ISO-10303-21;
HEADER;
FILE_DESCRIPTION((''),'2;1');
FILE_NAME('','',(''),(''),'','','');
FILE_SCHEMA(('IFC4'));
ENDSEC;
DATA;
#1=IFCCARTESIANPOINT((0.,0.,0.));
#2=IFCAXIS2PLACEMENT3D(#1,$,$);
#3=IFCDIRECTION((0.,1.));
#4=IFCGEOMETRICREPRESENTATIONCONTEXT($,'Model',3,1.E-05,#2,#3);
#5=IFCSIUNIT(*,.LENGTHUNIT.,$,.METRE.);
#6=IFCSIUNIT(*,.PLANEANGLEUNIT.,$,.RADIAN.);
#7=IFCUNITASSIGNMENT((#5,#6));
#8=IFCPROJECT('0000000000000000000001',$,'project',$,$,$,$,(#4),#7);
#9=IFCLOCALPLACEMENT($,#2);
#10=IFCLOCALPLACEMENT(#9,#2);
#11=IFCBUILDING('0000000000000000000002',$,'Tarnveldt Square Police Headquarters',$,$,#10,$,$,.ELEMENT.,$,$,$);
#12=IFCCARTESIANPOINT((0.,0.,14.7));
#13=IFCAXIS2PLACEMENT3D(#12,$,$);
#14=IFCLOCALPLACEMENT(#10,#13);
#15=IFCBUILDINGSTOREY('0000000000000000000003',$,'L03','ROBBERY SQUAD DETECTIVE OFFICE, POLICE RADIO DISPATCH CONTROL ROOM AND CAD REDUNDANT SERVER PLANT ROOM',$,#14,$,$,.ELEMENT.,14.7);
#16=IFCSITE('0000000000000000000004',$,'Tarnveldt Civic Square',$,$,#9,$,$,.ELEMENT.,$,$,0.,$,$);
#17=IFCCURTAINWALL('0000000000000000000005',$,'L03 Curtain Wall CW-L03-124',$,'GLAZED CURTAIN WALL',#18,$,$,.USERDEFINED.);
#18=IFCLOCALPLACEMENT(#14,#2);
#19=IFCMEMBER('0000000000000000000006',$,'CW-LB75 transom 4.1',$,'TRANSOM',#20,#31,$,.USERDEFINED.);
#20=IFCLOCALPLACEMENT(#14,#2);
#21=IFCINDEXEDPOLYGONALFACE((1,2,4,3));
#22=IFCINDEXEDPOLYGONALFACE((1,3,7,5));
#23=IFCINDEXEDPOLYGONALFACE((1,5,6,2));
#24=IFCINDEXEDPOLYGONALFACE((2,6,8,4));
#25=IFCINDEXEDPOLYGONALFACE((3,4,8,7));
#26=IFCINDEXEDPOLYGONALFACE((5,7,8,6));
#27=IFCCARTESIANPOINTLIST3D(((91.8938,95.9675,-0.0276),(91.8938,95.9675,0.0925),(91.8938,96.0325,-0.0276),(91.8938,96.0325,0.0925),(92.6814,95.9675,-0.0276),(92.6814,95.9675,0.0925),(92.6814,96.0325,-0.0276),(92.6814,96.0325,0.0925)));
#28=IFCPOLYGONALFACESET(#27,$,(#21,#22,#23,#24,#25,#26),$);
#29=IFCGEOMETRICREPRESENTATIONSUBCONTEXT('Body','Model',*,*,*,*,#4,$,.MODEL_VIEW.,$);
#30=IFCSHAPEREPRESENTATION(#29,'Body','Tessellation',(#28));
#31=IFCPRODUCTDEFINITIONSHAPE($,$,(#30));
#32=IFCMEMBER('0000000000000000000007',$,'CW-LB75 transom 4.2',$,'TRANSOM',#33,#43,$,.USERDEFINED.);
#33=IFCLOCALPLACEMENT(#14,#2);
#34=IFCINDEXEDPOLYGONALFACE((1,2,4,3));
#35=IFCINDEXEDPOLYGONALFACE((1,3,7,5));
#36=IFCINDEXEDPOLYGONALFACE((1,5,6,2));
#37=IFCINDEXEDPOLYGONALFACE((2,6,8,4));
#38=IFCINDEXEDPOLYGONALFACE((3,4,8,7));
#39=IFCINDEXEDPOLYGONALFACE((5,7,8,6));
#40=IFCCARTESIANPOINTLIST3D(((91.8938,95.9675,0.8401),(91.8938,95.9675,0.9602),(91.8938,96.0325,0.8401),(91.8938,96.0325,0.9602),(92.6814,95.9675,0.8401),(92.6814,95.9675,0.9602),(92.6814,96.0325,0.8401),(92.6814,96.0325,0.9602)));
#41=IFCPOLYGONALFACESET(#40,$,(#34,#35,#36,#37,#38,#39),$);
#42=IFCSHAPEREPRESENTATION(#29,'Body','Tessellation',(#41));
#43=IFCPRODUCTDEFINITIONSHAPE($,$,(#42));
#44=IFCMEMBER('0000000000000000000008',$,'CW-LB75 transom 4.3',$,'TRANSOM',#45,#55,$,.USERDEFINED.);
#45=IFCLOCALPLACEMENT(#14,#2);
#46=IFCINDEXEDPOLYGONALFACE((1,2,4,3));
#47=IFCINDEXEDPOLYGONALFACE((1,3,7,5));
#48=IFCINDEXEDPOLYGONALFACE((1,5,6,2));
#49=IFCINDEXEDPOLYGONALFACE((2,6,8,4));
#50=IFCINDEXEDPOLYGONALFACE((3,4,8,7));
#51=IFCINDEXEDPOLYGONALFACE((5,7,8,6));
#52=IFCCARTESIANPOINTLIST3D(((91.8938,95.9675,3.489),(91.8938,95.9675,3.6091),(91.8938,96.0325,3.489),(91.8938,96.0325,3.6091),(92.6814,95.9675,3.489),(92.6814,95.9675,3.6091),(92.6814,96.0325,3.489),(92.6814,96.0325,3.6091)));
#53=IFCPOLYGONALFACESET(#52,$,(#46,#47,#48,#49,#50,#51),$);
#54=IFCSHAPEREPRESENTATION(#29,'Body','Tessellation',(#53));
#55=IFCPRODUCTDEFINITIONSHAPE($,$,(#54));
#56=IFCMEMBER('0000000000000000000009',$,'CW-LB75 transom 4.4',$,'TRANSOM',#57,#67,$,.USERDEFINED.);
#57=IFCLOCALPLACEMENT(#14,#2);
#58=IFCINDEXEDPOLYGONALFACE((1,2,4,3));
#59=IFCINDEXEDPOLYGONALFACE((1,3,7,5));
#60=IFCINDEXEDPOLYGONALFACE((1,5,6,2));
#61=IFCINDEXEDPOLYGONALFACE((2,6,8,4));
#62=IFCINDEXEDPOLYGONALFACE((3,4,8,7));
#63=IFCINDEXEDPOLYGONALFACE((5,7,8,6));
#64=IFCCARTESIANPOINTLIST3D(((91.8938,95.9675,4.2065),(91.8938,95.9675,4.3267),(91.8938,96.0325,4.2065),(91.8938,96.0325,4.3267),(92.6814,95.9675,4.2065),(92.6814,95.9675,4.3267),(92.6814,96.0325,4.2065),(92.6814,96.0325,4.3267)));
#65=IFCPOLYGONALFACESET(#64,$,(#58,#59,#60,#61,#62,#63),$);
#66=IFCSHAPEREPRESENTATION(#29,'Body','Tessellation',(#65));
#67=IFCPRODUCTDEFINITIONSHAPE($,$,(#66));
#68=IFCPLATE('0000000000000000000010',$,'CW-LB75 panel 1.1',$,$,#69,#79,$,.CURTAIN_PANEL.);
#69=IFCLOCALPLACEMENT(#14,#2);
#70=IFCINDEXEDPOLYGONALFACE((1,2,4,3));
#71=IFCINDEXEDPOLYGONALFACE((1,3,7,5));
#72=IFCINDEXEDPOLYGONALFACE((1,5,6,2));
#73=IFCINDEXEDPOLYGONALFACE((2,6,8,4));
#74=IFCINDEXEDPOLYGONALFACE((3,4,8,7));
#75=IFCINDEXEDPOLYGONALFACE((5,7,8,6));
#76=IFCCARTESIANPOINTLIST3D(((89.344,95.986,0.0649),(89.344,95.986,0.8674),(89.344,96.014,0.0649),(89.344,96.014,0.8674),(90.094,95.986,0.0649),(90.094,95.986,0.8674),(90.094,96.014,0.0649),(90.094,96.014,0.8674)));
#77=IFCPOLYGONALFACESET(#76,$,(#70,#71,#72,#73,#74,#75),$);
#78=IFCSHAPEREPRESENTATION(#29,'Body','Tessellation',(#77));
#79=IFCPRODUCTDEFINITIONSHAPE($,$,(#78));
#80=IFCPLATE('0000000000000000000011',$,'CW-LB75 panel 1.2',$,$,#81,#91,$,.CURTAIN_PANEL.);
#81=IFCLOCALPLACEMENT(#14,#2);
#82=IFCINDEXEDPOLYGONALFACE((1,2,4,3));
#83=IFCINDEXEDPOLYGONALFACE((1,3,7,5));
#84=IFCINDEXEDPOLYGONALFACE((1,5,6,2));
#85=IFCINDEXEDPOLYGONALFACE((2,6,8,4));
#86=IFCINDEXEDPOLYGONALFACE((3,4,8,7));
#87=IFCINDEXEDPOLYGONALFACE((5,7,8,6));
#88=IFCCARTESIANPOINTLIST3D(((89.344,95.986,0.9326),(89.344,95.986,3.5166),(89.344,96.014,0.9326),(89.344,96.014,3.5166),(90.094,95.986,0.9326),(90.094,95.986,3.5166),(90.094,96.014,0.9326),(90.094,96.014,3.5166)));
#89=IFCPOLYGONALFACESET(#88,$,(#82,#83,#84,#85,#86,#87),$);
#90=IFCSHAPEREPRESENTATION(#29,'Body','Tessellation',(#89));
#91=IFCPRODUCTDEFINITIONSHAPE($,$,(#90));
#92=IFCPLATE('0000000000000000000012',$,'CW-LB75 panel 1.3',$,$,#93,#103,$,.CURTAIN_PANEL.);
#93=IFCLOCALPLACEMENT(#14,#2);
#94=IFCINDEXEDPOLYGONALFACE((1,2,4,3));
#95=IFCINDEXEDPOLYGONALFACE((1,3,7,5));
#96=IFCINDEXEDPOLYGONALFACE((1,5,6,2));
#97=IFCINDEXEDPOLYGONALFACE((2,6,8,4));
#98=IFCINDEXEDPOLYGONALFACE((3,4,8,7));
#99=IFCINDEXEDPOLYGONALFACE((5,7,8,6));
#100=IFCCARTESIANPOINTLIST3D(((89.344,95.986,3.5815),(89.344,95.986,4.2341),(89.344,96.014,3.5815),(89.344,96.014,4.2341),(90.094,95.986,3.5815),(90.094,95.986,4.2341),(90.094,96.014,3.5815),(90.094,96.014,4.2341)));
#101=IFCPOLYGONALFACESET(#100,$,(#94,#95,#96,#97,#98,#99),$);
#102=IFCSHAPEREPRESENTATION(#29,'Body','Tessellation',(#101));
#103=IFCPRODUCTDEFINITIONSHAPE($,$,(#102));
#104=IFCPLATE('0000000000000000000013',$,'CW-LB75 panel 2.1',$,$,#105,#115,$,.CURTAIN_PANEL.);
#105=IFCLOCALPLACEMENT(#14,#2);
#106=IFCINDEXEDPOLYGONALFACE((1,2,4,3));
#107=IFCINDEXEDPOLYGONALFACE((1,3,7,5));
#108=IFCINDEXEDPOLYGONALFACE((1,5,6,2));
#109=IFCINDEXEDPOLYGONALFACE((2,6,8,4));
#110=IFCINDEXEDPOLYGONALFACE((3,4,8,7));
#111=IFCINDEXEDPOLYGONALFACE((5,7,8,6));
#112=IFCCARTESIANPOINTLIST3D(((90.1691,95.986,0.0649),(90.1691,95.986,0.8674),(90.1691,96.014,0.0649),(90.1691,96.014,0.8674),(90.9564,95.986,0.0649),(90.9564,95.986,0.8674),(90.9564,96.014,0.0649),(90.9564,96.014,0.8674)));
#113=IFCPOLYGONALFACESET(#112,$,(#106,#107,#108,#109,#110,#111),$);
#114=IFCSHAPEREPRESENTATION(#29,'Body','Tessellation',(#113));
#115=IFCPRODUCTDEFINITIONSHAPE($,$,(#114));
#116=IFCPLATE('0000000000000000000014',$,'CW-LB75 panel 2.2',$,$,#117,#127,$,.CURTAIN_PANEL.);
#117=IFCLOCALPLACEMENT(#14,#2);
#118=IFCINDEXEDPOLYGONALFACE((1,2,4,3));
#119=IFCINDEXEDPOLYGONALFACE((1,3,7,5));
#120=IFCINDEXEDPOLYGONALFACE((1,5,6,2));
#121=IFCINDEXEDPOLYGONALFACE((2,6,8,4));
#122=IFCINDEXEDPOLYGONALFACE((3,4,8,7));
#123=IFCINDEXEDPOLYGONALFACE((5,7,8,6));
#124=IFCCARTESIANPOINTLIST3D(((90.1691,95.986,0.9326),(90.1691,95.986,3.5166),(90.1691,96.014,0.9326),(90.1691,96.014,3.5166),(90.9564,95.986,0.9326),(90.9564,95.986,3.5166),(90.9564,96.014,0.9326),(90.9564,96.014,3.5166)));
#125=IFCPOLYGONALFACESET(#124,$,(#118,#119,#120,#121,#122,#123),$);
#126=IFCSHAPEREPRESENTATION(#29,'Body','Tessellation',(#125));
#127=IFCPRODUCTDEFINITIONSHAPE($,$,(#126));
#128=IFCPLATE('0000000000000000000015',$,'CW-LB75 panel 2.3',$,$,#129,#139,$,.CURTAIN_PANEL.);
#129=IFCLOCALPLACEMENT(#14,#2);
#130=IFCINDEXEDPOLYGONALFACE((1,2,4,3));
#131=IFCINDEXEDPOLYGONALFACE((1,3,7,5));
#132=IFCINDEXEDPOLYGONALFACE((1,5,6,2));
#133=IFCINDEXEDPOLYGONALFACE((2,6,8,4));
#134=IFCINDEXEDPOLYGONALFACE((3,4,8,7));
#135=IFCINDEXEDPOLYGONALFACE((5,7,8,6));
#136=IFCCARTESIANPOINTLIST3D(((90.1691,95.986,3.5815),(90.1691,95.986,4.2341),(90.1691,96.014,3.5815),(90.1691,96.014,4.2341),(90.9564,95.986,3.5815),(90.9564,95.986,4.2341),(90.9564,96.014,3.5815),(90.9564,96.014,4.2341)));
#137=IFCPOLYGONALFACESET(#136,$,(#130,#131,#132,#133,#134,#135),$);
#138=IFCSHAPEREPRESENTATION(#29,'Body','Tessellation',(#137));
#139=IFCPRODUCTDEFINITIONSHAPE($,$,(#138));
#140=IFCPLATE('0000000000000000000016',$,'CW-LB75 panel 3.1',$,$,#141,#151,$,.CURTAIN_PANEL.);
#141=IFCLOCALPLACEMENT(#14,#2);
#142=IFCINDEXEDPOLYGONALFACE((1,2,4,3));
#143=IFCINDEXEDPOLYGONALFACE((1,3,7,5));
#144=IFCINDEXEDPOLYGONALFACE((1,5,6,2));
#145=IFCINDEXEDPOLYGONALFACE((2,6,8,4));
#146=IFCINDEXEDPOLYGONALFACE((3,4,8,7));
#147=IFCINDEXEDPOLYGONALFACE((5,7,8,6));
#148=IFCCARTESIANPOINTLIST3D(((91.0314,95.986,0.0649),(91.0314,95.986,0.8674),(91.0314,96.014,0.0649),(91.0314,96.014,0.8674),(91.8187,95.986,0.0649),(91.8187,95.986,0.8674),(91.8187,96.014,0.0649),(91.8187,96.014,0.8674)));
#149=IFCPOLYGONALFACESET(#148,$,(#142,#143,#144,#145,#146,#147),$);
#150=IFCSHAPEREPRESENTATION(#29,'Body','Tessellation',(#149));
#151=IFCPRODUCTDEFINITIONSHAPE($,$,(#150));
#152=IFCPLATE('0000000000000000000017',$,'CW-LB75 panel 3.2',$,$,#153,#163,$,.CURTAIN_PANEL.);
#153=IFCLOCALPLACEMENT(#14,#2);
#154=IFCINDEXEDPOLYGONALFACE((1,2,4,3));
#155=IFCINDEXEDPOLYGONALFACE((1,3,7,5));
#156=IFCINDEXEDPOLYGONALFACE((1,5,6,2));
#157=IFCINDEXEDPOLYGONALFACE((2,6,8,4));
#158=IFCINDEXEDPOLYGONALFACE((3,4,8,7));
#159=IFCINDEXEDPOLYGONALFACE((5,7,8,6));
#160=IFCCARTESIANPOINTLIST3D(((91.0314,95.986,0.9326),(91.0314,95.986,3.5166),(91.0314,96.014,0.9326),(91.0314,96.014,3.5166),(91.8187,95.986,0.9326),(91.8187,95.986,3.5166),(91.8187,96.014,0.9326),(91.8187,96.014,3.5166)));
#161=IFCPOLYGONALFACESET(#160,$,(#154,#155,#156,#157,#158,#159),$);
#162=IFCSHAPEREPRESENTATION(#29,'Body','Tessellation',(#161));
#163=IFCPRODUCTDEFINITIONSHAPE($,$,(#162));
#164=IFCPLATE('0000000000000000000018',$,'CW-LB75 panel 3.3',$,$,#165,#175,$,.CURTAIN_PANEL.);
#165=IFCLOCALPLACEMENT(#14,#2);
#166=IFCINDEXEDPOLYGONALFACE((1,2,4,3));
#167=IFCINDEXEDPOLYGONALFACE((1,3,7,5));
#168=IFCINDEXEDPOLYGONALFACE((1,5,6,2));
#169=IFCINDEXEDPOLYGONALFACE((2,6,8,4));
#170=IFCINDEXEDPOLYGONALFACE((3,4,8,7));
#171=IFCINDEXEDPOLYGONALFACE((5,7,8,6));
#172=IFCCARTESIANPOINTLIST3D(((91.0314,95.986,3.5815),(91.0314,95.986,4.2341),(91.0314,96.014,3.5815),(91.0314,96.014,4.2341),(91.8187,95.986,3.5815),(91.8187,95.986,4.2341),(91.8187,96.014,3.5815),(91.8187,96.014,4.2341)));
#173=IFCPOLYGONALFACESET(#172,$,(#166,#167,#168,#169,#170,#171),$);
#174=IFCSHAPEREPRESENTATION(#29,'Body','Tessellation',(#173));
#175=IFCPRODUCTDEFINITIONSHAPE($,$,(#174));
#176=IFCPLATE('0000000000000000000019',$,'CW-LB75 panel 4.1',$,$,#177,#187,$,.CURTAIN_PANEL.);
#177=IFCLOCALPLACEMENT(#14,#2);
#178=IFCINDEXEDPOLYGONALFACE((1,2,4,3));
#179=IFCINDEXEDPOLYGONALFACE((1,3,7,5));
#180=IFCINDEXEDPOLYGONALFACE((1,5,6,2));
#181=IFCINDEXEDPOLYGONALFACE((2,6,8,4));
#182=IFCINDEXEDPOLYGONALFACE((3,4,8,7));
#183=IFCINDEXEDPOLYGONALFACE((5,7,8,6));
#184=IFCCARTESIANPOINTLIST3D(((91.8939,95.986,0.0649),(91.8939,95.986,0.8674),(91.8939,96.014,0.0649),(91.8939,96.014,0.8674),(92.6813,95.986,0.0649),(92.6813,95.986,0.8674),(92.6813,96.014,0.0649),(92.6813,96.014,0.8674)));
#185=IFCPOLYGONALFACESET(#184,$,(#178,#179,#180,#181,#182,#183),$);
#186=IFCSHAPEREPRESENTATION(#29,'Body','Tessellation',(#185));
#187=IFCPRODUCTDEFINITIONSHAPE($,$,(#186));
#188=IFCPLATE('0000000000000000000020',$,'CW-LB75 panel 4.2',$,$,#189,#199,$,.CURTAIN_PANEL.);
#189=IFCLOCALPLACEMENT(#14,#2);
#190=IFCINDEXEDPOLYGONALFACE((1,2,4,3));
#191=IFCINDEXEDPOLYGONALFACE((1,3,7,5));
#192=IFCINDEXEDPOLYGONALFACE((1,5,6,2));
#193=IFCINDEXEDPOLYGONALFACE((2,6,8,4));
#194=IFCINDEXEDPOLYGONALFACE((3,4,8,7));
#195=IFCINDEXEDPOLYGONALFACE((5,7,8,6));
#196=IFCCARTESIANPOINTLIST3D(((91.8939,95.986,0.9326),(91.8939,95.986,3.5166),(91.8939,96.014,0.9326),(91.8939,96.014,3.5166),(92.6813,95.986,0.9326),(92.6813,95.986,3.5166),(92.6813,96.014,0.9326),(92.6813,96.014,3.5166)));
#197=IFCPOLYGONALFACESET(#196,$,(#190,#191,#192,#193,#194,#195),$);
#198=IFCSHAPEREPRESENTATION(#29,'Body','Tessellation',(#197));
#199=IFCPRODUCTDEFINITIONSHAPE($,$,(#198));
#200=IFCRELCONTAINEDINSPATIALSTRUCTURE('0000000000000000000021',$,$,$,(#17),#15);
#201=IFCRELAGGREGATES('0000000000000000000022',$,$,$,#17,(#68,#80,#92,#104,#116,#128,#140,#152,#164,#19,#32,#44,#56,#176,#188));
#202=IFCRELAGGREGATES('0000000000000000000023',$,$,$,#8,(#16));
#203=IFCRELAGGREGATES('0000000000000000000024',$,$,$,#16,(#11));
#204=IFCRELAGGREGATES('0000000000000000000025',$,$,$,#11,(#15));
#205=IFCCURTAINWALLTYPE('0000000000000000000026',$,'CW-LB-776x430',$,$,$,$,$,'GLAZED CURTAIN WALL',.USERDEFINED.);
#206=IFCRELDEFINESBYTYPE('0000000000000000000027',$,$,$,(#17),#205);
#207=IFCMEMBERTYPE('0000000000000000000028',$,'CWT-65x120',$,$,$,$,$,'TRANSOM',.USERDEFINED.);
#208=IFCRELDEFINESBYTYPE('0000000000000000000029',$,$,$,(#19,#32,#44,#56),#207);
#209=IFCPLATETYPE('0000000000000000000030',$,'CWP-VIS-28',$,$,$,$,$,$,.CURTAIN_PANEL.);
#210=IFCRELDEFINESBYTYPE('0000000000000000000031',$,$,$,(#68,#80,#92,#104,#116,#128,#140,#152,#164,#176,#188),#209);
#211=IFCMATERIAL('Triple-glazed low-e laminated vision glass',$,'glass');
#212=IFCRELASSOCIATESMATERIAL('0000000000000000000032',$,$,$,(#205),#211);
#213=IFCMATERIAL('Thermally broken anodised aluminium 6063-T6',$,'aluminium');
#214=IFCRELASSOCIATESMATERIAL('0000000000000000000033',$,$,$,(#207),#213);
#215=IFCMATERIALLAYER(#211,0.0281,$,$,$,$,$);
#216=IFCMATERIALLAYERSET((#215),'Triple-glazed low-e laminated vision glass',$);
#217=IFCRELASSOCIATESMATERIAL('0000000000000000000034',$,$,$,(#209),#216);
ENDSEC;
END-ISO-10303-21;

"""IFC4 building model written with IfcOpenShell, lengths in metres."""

from ifc_helpers import new_model, si_unit, direction, frame, origin, origin_2d, place, context, subcontext, project, spatial, rectangle, extrude, material, layer, layer_set, material_profile, profile_set, type_object, element, aggregate, save


model = new_model("IFC4")

# Units and contexts
model_context = context("Model", 3, precision=1e-05, world=origin(), true_north=direction((0.0, 1.0)))
body_context = subcontext(model_context, "Body", "Model", "MODEL_VIEW")
ifc_project = project(units=[si_unit("LENGTHUNIT", "METRE"), si_unit("PLANEANGLEUNIT", "RADIAN")], contexts=[model_context])

# Site, building, storey
site_placement = place(None, origin())
site = spatial("IfcSite", under=ifc_project, at=site_placement, Name="Tarnveldt Civic Square", CompositionType="ELEMENT", RefElevation=0.0)
building_placement = place(site_placement, origin())
building = spatial("IfcBuilding", under=site, at=building_placement, Name="Tarnveldt Square Police Headquarters", CompositionType="ELEMENT")
storey_placement = place(building_placement, frame((0.0, 0.0, 14.7)))
storey = spatial("IfcBuildingStorey", under=building, at=storey_placement, Name="L03", Description="ROBBERY SQUAD DETECTIVE OFFICE, POLICE RADIO DISPATCH CONTROL ROOM AND CAD REDUNDANT SERVER PLANT ROOM", CompositionType="ELEMENT", Elevation=14.7)

# Curtain wall, members, plates
ifc_material_1 = material(Name="Triple-glazed low-e laminated vision glass", Category="glass")
curtain_wall_type = type_object("IfcCurtainWallType", Name="CW-LB-776x430", ElementType="GLAZED CURTAIN WALL", PredefinedType="USERDEFINED", material=ifc_material_1)
curtain_wall_placement = place(storey_placement, origin())
curtain_wall = element("IfcCurtainWall", 1, at=curtain_wall_placement, inside=storey, type_object=curtain_wall_type, Name="L03 Curtain Wall CW-L03-124", ObjectType="GLAZED CURTAIN WALL", PredefinedType="USERDEFINED")
ifc_material_2 = material(Name="Thermally broken anodised aluminium 6063-T6", Category="aluminium")
ifc_material_profile_1 = material_profile(ifc_material_2, rectangle(XDim=0.0649, YDim=0.1201, at=origin_2d()), Name="CW-T65x120")
ifc_profile_set_1 = profile_set([ifc_material_profile_1], Name="Thermally broken anodised aluminium 6063-T6")
member_type_1 = type_object("IfcMemberType", Name="CWT-65x120", ElementType="TRANSOM", PredefinedType="USERDEFINED", material=ifc_profile_set_1)
member_1_placement = place(storey_placement, frame((91.8938, 96.0, 0.0325), z_axis=(1.0, 0.0, 0.0), x_axis=(0.0, 1.0, 0.0)))
member_1 = element("IfcMember", 2, at=member_1_placement, type_object=member_type_1, Name="CW-LB75 transom 4.1", ObjectType="TRANSOM", PredefinedType="USERDEFINED", context=body_context, shape_type="SweptSolid", body=[
    extrude(rectangle(XDim=0.0649, YDim=0.1201, at=origin_2d()), origin(), (0.0, 0.0, 1.0), 0.7876),
])
member_2_placement = place(storey_placement, frame((91.8938, 96.0, 0.9001), z_axis=(1.0, 0.0, 0.0), x_axis=(0.0, 1.0, 0.0)))
member_2 = element("IfcMember", 3, at=member_2_placement, type_object=member_type_1, Name="CW-LB75 transom 4.2", ObjectType="TRANSOM", PredefinedType="USERDEFINED", context=body_context, shape_type="SweptSolid", body=[
    extrude(rectangle(XDim=0.0649, YDim=0.1201, at=origin_2d()), origin(), (0.0, 0.0, 1.0), 0.7876),
])
member_3_placement = place(storey_placement, frame((91.8938, 96.0, 3.5491), z_axis=(1.0, 0.0, 0.0), x_axis=(0.0, 1.0, 0.0)))
member_3 = element("IfcMember", 4, at=member_3_placement, type_object=member_type_1, Name="CW-LB75 transom 4.3", ObjectType="TRANSOM", PredefinedType="USERDEFINED", context=body_context, shape_type="SweptSolid", body=[
    extrude(rectangle(XDim=0.0649, YDim=0.1201, at=origin_2d()), origin(), (0.0, 0.0, 1.0), 0.7876),
])
member_4_placement = place(storey_placement, frame((91.8938, 96.0, 4.2666), z_axis=(1.0, 0.0, 0.0), x_axis=(0.0, 1.0, 0.0)))
member_4 = element("IfcMember", 5, at=member_4_placement, type_object=member_type_1, Name="CW-LB75 transom 4.4", ObjectType="TRANSOM", PredefinedType="USERDEFINED", context=body_context, shape_type="SweptSolid", body=[
    extrude(rectangle(XDim=0.0649, YDim=0.1201, at=origin_2d()), origin(), (0.0, 0.0, 1.0), 0.7876),
])
ifc_layer = layer(ifc_material_1, 0.0281)
ifc_layer_set = layer_set([ifc_layer], Name="Triple-glazed low-e laminated vision glass")
plate_type = type_object("IfcPlateType", Name="CWP-VIS-28", PredefinedType="CURTAIN_PANEL", material=ifc_layer_set)
plate_1_placement = place(storey_placement, frame((89.719, 96.0, 0.0649), z_axis=(0.0, 0.0, 1.0), x_axis=(1.0, 0.0, 0.0)))
plate_1 = element("IfcPlate", 6, at=plate_1_placement, type_object=plate_type, Name="CW-LB75 panel 1.1", PredefinedType="CURTAIN_PANEL", context=body_context, shape_type="SweptSolid", body=[
    extrude(rectangle(XDim=0.75, YDim=0.0281, at=origin_2d()), origin(), (0.0, 0.0, 1.0), 0.8025),
])
plate_2_placement = place(storey_placement, frame((89.719, 96.0, 0.9326), z_axis=(0.0, 0.0, 1.0), x_axis=(1.0, 0.0, 0.0)))
plate_2 = element("IfcPlate", 7, at=plate_2_placement, type_object=plate_type, Name="CW-LB75 panel 1.2", PredefinedType="CURTAIN_PANEL", context=body_context, shape_type="SweptSolid", body=[
    extrude(rectangle(XDim=0.75, YDim=0.0281, at=origin_2d()), origin(), (0.0, 0.0, 1.0), 2.584),
])
plate_3_placement = place(storey_placement, frame((89.719, 96.0, 3.5815), z_axis=(0.0, 0.0, 1.0), x_axis=(1.0, 0.0, 0.0)))
plate_3 = element("IfcPlate", 8, at=plate_3_placement, type_object=plate_type, Name="CW-LB75 panel 1.3", PredefinedType="CURTAIN_PANEL", context=body_context, shape_type="SweptSolid", body=[
    extrude(rectangle(XDim=0.75, YDim=0.0281, at=origin_2d()), origin(), (0.0, 0.0, 1.0), 0.6526),
])
plate_4_placement = place(storey_placement, frame((90.5627, 96.0, 0.0649), z_axis=(0.0, 0.0, 1.0), x_axis=(1.0, 0.0, 0.0)))
plate_4 = element("IfcPlate", 9, at=plate_4_placement, type_object=plate_type, Name="CW-LB75 panel 2.1", PredefinedType="CURTAIN_PANEL", context=body_context, shape_type="SweptSolid", body=[
    extrude(rectangle(XDim=0.7874, YDim=0.0281, at=origin_2d()), origin(), (0.0, 0.0, 1.0), 0.8025),
])
plate_5_placement = place(storey_placement, frame((90.5627, 96.0, 0.9326), z_axis=(0.0, 0.0, 1.0), x_axis=(1.0, 0.0, 0.0)))
plate_5 = element("IfcPlate", 10, at=plate_5_placement, type_object=plate_type, Name="CW-LB75 panel 2.2", PredefinedType="CURTAIN_PANEL", context=body_context, shape_type="SweptSolid", body=[
    extrude(rectangle(XDim=0.7874, YDim=0.0281, at=origin_2d()), origin(), (0.0, 0.0, 1.0), 2.584),
])
plate_6_placement = place(storey_placement, frame((90.5627, 96.0, 3.5815), z_axis=(0.0, 0.0, 1.0), x_axis=(1.0, 0.0, 0.0)))
plate_6 = element("IfcPlate", 11, at=plate_6_placement, type_object=plate_type, Name="CW-LB75 panel 2.3", PredefinedType="CURTAIN_PANEL", context=body_context, shape_type="SweptSolid", body=[
    extrude(rectangle(XDim=0.7874, YDim=0.0281, at=origin_2d()), origin(), (0.0, 0.0, 1.0), 0.6526),
])
plate_7_placement = place(storey_placement, frame((91.425, 96.0, 0.0649), z_axis=(0.0, 0.0, 1.0), x_axis=(1.0, 0.0, 0.0)))
plate_7 = element("IfcPlate", 12, at=plate_7_placement, type_object=plate_type, Name="CW-LB75 panel 3.1", PredefinedType="CURTAIN_PANEL", context=body_context, shape_type="SweptSolid", body=[
    extrude(rectangle(XDim=0.7874, YDim=0.0281, at=origin_2d()), origin(), (0.0, 0.0, 1.0), 0.8025),
])
plate_8_placement = place(storey_placement, frame((91.425, 96.0, 0.9326), z_axis=(0.0, 0.0, 1.0), x_axis=(1.0, 0.0, 0.0)))
plate_8 = element("IfcPlate", 13, at=plate_8_placement, type_object=plate_type, Name="CW-LB75 panel 3.2", PredefinedType="CURTAIN_PANEL", context=body_context, shape_type="SweptSolid", body=[
    extrude(rectangle(XDim=0.7874, YDim=0.0281, at=origin_2d()), origin(), (0.0, 0.0, 1.0), 2.584),
])
plate_9_placement = place(storey_placement, frame((91.425, 96.0, 3.5815), z_axis=(0.0, 0.0, 1.0), x_axis=(1.0, 0.0, 0.0)))
plate_9 = element("IfcPlate", 14, at=plate_9_placement, type_object=plate_type, Name="CW-LB75 panel 3.3", PredefinedType="CURTAIN_PANEL", context=body_context, shape_type="SweptSolid", body=[
    extrude(rectangle(XDim=0.7874, YDim=0.0281, at=origin_2d()), origin(), (0.0, 0.0, 1.0), 0.6526),
])
plate_10_placement = place(storey_placement, frame((92.2876, 96.0, 0.0649), z_axis=(0.0, 0.0, 1.0), x_axis=(1.0, 0.0, 0.0)))
plate_10 = element("IfcPlate", 15, at=plate_10_placement, type_object=plate_type, Name="CW-LB75 panel 4.1", PredefinedType="CURTAIN_PANEL", context=body_context, shape_type="SweptSolid", body=[
    extrude(rectangle(XDim=0.7874, YDim=0.0281, at=origin_2d()), origin(), (0.0, 0.0, 1.0), 0.8025),
])
plate_11_placement = place(storey_placement, frame((92.2876, 96.0, 0.9326), z_axis=(0.0, 0.0, 1.0), x_axis=(1.0, 0.0, 0.0)))
plate_11 = element("IfcPlate", 16, at=plate_11_placement, type_object=plate_type, Name="CW-LB75 panel 4.2", PredefinedType="CURTAIN_PANEL", context=body_context, shape_type="SweptSolid", body=[
    extrude(rectangle(XDim=0.7874, YDim=0.0281, at=origin_2d()), origin(), (0.0, 0.0, 1.0), 2.584),
])
aggregate(curtain_wall, [plate_1, plate_2, plate_3, plate_4, plate_5, plate_6, plate_7, plate_8, plate_9, member_1, member_2, member_3, member_4, plate_10, plate_11])

save(model, "model.ifc")
